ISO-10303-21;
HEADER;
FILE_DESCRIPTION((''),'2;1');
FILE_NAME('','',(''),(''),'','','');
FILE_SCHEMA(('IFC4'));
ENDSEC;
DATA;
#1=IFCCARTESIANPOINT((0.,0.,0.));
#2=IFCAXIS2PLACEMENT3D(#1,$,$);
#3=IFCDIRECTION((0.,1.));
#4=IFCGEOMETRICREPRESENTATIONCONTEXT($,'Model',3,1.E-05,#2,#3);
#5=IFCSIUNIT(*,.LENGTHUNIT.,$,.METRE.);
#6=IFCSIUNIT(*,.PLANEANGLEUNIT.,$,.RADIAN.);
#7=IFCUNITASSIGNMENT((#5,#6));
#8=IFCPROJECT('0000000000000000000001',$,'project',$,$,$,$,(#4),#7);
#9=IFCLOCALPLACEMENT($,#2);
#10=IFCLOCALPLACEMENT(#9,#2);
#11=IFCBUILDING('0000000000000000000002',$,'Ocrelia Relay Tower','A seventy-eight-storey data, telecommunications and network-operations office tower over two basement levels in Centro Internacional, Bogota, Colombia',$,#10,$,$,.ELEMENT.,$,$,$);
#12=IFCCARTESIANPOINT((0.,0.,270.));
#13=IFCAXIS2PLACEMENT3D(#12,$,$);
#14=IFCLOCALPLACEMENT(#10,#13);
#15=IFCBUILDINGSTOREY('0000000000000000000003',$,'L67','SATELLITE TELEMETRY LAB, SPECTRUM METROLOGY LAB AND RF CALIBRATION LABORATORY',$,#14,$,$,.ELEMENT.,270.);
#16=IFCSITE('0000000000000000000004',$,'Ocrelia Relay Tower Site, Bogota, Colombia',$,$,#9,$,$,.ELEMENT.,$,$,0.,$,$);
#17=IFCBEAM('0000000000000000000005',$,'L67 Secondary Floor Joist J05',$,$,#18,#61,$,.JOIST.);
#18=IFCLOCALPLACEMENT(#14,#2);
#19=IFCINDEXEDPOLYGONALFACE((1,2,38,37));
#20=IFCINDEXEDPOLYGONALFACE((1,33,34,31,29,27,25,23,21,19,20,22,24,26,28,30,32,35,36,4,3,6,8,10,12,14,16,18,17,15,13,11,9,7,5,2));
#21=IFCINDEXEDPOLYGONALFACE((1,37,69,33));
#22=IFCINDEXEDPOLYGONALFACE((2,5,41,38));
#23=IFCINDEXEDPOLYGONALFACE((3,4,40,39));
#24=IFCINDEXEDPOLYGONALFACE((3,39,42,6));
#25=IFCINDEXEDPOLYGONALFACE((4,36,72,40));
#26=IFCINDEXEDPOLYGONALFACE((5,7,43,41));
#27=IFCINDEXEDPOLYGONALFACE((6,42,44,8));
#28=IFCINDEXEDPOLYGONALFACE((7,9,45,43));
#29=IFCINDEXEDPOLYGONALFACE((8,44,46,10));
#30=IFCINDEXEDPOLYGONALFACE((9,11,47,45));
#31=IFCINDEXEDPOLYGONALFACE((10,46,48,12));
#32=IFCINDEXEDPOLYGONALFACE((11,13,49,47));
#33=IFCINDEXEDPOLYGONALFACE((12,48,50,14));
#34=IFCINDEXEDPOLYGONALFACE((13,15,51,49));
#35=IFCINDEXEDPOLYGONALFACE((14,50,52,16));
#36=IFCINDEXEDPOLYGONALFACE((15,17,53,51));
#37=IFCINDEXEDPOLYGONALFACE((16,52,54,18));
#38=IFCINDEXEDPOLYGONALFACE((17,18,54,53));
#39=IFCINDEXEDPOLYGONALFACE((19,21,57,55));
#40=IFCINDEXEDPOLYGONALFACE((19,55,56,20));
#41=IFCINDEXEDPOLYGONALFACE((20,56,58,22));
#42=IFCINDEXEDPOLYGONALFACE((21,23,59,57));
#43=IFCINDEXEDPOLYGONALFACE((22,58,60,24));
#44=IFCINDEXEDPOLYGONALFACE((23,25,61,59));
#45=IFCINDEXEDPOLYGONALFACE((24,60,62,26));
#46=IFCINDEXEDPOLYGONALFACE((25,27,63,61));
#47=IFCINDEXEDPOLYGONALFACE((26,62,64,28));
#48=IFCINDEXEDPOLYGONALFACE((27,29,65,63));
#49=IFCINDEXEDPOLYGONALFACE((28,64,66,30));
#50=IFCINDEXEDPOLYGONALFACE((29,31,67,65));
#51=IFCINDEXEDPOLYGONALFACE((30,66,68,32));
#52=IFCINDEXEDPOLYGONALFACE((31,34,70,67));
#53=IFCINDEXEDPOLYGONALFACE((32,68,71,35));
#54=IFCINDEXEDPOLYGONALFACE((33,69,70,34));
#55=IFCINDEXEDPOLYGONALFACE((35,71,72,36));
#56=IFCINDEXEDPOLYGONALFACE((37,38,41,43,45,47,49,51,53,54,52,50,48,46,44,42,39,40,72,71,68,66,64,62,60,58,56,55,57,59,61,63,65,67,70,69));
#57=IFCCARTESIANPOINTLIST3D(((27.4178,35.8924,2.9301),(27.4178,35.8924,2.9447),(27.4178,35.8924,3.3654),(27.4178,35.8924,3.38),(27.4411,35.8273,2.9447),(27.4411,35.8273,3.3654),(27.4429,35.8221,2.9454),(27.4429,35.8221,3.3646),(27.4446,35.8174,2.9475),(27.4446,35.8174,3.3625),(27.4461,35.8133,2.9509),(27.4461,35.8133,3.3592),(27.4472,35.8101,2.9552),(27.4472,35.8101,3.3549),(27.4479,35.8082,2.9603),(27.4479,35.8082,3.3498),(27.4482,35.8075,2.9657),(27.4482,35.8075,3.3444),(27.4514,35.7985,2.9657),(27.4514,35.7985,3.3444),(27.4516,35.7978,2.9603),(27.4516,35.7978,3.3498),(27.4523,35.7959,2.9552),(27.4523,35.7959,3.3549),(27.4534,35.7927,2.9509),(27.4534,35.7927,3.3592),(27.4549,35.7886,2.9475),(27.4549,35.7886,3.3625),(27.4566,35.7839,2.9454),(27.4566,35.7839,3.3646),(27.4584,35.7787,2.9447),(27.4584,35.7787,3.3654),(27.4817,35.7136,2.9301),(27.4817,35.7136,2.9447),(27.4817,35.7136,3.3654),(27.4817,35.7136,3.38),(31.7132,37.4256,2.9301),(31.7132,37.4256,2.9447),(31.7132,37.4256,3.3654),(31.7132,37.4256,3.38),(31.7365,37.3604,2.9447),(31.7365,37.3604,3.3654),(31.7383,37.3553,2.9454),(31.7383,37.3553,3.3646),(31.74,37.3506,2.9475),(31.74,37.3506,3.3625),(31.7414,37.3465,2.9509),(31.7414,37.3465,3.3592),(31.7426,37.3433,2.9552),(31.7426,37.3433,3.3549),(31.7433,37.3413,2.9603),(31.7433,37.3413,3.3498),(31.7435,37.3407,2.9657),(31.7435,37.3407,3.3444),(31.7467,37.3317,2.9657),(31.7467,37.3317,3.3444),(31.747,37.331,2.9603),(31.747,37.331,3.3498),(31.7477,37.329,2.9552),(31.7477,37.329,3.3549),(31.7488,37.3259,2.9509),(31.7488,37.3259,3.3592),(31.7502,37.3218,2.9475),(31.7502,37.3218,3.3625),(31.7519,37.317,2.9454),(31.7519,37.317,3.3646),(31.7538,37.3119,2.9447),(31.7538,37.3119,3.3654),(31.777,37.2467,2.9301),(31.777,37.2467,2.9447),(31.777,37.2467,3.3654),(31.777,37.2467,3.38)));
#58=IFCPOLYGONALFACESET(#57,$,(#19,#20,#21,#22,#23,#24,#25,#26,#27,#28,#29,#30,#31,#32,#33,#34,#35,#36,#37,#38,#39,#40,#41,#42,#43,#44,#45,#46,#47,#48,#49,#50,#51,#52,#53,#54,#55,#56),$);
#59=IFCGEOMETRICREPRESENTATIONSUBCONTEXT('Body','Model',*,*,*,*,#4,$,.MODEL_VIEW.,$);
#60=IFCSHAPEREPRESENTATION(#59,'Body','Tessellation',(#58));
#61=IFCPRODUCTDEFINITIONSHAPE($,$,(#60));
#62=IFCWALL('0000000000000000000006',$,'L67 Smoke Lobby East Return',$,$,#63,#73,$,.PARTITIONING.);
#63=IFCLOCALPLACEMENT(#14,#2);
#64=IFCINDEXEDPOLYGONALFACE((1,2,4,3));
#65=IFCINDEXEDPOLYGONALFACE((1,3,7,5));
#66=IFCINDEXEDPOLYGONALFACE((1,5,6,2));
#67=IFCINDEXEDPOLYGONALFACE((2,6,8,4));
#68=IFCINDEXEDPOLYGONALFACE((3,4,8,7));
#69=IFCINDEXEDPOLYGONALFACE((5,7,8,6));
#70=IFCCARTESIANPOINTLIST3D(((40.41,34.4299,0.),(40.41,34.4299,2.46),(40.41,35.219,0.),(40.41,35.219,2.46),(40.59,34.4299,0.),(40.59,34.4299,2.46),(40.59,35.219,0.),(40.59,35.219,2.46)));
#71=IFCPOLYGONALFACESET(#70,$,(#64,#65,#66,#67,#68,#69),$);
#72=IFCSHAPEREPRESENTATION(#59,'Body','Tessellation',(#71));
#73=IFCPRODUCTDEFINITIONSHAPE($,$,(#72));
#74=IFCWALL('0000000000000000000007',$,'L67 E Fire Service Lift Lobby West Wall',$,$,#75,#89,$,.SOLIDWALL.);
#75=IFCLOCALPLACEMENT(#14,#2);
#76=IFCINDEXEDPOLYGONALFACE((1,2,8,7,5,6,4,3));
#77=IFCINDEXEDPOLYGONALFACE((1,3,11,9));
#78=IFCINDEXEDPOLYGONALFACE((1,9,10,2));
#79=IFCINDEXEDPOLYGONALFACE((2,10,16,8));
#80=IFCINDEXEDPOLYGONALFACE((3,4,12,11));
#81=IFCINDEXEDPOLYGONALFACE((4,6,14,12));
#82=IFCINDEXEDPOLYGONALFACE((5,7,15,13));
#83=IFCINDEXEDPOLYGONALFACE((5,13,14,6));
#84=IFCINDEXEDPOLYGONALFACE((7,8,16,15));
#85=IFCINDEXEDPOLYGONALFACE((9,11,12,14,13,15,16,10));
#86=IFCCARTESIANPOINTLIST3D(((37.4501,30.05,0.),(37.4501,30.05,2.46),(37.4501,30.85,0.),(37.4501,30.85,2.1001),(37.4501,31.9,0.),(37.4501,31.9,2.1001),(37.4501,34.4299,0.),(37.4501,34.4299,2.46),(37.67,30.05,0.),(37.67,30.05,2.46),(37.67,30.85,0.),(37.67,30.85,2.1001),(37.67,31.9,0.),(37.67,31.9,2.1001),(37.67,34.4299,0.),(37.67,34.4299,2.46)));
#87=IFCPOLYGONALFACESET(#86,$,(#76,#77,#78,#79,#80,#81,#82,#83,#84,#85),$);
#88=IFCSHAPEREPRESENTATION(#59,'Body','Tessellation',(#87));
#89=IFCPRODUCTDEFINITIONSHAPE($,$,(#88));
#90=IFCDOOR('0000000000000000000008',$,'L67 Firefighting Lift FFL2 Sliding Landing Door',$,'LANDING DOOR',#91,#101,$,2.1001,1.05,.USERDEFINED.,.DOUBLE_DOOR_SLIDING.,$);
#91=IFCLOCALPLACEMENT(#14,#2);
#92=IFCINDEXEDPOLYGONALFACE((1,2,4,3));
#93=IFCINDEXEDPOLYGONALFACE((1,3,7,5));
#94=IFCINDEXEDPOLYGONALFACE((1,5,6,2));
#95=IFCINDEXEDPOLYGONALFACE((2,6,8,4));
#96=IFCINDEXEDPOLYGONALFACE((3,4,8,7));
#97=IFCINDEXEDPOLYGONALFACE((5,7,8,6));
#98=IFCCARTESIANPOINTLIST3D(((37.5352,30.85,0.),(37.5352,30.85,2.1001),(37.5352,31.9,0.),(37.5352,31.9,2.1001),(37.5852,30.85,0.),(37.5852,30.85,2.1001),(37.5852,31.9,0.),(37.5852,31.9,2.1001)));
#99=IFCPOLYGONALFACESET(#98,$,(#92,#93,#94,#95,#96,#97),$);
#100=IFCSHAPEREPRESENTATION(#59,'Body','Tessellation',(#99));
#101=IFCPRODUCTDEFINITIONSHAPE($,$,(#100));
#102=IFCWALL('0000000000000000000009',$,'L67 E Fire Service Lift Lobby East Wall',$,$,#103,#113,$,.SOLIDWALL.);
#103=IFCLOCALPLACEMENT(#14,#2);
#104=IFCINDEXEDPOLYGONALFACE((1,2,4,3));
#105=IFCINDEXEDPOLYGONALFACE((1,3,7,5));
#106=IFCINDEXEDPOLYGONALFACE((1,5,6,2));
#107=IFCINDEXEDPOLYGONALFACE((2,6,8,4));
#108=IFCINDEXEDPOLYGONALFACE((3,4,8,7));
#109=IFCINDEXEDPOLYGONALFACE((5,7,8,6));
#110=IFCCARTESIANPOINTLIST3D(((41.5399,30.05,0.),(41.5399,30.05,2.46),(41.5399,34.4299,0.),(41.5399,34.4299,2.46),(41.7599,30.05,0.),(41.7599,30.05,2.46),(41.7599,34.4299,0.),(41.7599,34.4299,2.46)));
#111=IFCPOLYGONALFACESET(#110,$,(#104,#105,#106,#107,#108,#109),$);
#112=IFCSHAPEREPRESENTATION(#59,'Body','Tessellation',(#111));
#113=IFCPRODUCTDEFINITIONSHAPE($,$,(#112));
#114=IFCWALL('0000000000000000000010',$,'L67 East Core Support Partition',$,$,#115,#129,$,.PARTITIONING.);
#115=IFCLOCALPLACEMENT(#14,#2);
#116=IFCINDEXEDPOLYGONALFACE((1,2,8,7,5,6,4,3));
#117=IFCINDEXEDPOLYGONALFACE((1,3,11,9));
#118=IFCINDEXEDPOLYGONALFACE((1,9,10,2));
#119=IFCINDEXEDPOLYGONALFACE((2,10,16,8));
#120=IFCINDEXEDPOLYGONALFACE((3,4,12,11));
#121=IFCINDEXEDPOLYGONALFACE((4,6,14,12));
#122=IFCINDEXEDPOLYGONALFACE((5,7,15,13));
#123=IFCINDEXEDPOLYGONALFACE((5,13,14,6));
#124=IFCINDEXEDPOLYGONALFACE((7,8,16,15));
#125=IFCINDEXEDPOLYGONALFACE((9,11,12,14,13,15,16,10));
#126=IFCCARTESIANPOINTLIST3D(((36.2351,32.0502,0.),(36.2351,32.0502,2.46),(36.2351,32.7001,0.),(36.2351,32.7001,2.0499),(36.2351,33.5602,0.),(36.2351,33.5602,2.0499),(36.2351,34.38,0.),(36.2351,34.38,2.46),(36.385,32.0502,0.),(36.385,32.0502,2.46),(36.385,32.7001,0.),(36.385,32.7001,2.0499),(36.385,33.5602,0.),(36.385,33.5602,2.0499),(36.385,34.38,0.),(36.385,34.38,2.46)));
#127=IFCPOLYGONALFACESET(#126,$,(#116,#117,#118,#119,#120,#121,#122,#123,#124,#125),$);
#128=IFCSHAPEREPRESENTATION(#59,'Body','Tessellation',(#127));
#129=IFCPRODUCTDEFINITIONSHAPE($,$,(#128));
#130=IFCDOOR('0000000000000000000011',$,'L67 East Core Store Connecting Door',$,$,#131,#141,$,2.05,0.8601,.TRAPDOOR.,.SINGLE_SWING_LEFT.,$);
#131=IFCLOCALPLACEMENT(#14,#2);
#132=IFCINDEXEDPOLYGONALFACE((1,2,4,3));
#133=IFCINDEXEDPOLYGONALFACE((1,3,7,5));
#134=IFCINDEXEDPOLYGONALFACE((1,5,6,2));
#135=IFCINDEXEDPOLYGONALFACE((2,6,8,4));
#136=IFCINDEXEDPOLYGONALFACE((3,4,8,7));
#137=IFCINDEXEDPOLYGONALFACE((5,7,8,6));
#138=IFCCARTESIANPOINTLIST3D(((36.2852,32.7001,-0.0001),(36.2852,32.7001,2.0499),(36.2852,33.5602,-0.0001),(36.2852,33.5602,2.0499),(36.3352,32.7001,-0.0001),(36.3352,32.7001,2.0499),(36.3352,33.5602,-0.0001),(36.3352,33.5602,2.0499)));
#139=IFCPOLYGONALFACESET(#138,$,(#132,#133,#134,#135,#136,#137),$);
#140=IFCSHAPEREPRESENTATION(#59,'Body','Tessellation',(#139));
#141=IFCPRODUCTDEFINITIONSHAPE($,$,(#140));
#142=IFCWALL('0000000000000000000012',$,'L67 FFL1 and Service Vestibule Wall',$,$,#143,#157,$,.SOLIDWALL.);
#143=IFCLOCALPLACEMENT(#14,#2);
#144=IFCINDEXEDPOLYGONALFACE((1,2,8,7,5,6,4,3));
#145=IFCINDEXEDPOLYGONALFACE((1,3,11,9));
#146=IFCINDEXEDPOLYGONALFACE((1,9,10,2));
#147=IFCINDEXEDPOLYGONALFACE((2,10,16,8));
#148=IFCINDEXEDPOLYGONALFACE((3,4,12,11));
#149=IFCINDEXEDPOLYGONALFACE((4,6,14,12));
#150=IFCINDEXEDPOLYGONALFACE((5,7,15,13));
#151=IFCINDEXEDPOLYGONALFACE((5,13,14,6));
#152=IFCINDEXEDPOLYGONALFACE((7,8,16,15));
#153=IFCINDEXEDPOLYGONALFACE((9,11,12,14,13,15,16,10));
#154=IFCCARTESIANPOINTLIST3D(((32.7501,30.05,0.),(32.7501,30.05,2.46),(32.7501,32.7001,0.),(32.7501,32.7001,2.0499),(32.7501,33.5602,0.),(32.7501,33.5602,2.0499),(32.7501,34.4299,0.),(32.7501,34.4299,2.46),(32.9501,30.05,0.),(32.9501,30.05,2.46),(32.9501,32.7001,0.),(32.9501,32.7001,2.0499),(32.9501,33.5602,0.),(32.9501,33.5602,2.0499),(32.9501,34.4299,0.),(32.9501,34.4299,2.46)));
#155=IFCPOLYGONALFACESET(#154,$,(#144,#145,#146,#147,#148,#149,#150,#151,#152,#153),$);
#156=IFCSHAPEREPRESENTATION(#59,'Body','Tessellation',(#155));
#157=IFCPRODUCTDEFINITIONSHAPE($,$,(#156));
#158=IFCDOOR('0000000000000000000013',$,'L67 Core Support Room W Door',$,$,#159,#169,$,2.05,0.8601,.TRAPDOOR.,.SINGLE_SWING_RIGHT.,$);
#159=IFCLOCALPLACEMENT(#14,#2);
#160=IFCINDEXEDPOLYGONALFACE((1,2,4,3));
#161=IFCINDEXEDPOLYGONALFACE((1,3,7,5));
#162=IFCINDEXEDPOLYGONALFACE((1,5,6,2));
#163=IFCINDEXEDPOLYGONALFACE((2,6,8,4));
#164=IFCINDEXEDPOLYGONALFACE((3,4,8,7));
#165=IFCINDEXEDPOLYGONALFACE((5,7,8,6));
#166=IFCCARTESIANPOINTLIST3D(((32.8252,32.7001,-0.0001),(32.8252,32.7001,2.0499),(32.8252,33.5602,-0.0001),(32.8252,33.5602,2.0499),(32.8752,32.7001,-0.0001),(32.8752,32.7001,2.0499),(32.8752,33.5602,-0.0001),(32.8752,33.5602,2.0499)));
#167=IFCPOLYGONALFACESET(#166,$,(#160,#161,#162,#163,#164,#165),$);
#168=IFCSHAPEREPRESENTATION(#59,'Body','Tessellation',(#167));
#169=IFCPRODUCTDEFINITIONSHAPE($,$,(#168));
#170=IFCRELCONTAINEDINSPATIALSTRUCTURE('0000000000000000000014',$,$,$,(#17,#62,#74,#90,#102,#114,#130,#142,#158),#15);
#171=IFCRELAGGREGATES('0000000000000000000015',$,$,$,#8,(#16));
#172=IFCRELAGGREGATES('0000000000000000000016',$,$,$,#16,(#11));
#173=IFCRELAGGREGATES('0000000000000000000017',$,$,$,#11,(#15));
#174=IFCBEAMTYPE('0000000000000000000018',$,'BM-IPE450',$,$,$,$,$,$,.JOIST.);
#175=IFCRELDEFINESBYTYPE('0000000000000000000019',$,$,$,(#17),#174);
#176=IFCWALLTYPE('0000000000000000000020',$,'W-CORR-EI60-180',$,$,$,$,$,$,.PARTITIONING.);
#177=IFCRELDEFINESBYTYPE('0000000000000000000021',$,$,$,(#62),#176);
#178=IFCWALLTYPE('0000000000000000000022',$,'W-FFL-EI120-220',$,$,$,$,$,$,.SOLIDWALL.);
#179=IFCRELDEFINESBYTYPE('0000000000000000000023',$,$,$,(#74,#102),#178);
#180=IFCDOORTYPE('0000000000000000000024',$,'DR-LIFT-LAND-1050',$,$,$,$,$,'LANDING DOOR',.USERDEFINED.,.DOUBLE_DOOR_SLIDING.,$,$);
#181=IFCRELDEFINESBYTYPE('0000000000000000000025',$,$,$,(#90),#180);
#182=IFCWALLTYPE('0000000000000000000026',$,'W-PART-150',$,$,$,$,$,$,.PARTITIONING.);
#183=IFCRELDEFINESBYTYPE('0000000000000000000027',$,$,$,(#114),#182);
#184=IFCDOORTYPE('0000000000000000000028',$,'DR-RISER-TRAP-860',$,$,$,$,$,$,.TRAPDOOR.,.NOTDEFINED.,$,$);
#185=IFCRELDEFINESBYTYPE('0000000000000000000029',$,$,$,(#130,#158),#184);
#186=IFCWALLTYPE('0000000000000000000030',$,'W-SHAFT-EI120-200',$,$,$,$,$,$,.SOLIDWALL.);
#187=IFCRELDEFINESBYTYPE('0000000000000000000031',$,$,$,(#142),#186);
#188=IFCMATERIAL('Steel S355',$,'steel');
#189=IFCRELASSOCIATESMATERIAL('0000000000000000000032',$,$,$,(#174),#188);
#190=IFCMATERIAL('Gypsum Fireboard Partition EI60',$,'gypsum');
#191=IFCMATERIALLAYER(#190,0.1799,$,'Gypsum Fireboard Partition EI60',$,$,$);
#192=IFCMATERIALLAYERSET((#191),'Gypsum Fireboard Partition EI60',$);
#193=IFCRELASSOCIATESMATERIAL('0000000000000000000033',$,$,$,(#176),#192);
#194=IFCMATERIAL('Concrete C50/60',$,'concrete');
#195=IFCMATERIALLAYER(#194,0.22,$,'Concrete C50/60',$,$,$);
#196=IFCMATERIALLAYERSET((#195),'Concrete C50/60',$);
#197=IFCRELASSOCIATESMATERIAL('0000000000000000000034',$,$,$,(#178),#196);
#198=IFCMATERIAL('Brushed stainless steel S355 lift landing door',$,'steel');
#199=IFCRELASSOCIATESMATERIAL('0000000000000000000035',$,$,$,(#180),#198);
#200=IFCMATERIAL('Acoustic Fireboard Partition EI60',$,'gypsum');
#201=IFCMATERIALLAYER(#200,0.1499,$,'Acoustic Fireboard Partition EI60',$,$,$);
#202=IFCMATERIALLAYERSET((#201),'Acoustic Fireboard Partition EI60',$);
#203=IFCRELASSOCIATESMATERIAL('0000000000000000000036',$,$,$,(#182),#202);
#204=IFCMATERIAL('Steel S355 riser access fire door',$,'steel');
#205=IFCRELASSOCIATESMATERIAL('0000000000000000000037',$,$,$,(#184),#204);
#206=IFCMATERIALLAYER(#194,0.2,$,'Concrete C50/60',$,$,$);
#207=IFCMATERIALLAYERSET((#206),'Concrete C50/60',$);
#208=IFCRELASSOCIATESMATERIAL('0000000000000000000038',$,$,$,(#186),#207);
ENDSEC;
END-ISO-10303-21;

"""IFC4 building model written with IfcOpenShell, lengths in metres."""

from ifc_helpers import new_model, si_unit, direction, frame, frame_2d, origin, origin_2d, place, context, subcontext, project, spatial, rectangle, i_section, extrude, material, layer, layer_set, material_profile, profile_set, type_object, element, fill, save


model = new_model("IFC4")

# Units and contexts
model_context = context("Model", 3, precision=1e-05, world=origin(), true_north=direction((0.0, 1.0)))
body_context = subcontext(model_context, "Body", "Model", "MODEL_VIEW")
ifc_project = project(units=[si_unit("LENGTHUNIT", "METRE"), si_unit("PLANEANGLEUNIT", "RADIAN")], contexts=[model_context])

# Site, building, storey
site_placement = place(None, origin())
site = spatial("IfcSite", under=ifc_project, at=site_placement, Name="Ocrelia Relay Tower Site, Bogota, Colombia", CompositionType="ELEMENT", RefElevation=0.0)
building_placement = place(site_placement, origin())
building = spatial("IfcBuilding", under=site, at=building_placement, Name="Ocrelia Relay Tower", Description="A seventy-eight-storey data, telecommunications and network-operations office tower over two basement levels in Centro Internacional, Bogota, Colombia", CompositionType="ELEMENT")
storey_placement = place(building_placement, frame((0.0, 0.0, 270.0)))
storey = spatial("IfcBuildingStorey", under=building, at=storey_placement, Name="L67", Description="SATELLITE TELEMETRY LAB, SPECTRUM METROLOGY LAB AND RF CALIBRATION LABORATORY", CompositionType="ELEMENT", Elevation=270.0)

# Shared definitions
ifc_material_1 = material(Name="Concrete C50/60", Category="concrete")

# Beam
ifc_material_2 = material(Name="Steel S355", Category="steel")
ifc_material_profile_1 = material_profile(ifc_material_2, i_section(OverallWidth=0.1899, OverallDepth=0.45, WebThickness=0.0095, FlangeThickness=0.0146, FilletRadius=0.021, at=origin_2d()), Name="IPE 450")
ifc_profile_set_1 = profile_set([ifc_material_profile_1], Name="Steel S355")
beam_type = type_object("IfcBeamType", Name="BM-IPE450", PredefinedType="JOIST", material=ifc_profile_set_1)
beam_1_placement = place(storey_placement, frame((31.7451, 37.3362, 3.155), z_axis=(-0.941802, -0.336167, 0.0), x_axis=(0.336167, -0.941802, 0.0)))
element("IfcBeam", 1, at=beam_1_placement, inside=storey, type_object=beam_type, Name="L67 Secondary Floor Joist J05", PredefinedType="JOIST", context=body_context, shape_type="SweptSolid", body=[
    extrude(i_section(OverallWidth=0.1899, OverallDepth=0.45, WebThickness=0.0095, FlangeThickness=0.0146, FilletRadius=0.021, at=origin_2d()), origin(), (0.0, 0.0, 1.0), 4.5608),
])

# Wall
ifc_material_3 = material(Name="Gypsum Fireboard Partition EI60", Category="gypsum")
ifc_layer_1 = layer(ifc_material_3, 0.1799, Name="Gypsum Fireboard Partition EI60")
ifc_layer_set_1 = layer_set([ifc_layer_1], Name="Gypsum Fireboard Partition EI60")
wall_type_1 = type_object("IfcWallType", Name="W-CORR-EI60-180", PredefinedType="PARTITIONING", material=ifc_layer_set_1)
wall_1_placement = place(storey_placement, frame((40.5, 35.219, 0.0), z_axis=(0.0, 0.0, 1.0), x_axis=(0.0, -1.0, 0.0)))
element("IfcWall", 2, at=wall_1_placement, inside=storey, type_object=wall_type_1, Name="L67 Smoke Lobby East Return", PredefinedType="PARTITIONING", context=body_context, shape_type="SweptSolid", body=[
    extrude(rectangle(XDim=0.7891, YDim=0.1799, at=frame_2d((0.3945, 0.0))), origin(), (0.0, 0.0, 1.0), 2.46),
])

# Wall, opening, door
ifc_layer_2 = layer(ifc_material_1, 0.22, Name="Concrete C50/60")
ifc_layer_set_2 = layer_set([ifc_layer_2], Name="Concrete C50/60")
wall_type_2 = type_object("IfcWallType", Name="W-FFL-EI120-220", PredefinedType="SOLIDWALL", material=ifc_layer_set_2)
wall_2_placement = place(storey_placement, frame((37.5601, 30.05, 0.0), z_axis=(0.0, 0.0, 1.0), x_axis=(0.0, 1.0, 0.0)))
wall_2 = element("IfcWall", 3, at=wall_2_placement, inside=storey, type_object=wall_type_2, Name="L67 E Fire Service Lift Lobby West Wall", PredefinedType="SOLIDWALL", context=body_context, shape_type="SweptSolid", body=[
    extrude(rectangle(XDim=4.3799, YDim=0.22, at=frame_2d((2.1899, 0.0))), origin(), (0.0, 0.0, 1.0), 2.46),
])
opening_1_placement = place(wall_2_placement, frame((0.8, 0.0, 0.0)))
opening_1 = element("IfcOpeningElement", 4, at=opening_1_placement, cuts=wall_2, PredefinedType="OPENING", context=body_context, shape_type="SweptSolid", body=[
    extrude(rectangle(XDim=1.05, YDim=2.1001, at=frame_2d((0.5249, 1.05))), frame((0.0, 0.1201, 0.0), z_axis=(0.0, -1.0, 0.0), x_axis=(1.0, 0.0, 0.0)), (0.0, 0.0, 1.0), 0.24),
])
ifc_material_4 = material(Name="Brushed stainless steel S355 lift landing door", Category="steel")
door_type_1 = type_object("IfcDoorType", Name="DR-LIFT-LAND-1050", ElementType="LANDING DOOR", OperationType="DOUBLE_DOOR_SLIDING", PredefinedType="USERDEFINED", material=ifc_material_4)
door_1_placement = place(opening_1_placement, origin())
door_1 = element("IfcDoor", 5, at=door_1_placement, inside=storey, type_object=door_type_1, Name="L67 Firefighting Lift FFL2 Sliding Landing Door", ObjectType="LANDING DOOR", OperationType="DOUBLE_DOOR_SLIDING", OverallHeight=2.1001, OverallWidth=1.05, PredefinedType="USERDEFINED", context=body_context, shape_type="SweptSolid", body=[
    extrude(rectangle(XDim=1.05, YDim=2.1001, at=frame_2d((0.5249, 1.05))), frame((0.0, 0.0249, 0.0), z_axis=(0.0, -1.0, 0.0), x_axis=(1.0, 0.0, 0.0)), (0.0, 0.0, 1.0), 0.05),
])
fill(opening_1, door_1)

# Wall
wall_3_placement = place(storey_placement, frame((41.6499, 30.05, 0.0), z_axis=(0.0, 0.0, 1.0), x_axis=(0.0, 1.0, 0.0)))
element("IfcWall", 6, at=wall_3_placement, inside=storey, type_object=wall_type_2, Name="L67 E Fire Service Lift Lobby East Wall", PredefinedType="SOLIDWALL", context=body_context, shape_type="SweptSolid", body=[
    extrude(rectangle(XDim=4.3799, YDim=0.22, at=frame_2d((2.1899, 0.0))), origin(), (0.0, 0.0, 1.0), 2.46),
])

# Walls, openings, doors
ifc_material_5 = material(Name="Acoustic Fireboard Partition EI60", Category="gypsum")
ifc_layer_3 = layer(ifc_material_5, 0.1499, Name="Acoustic Fireboard Partition EI60")
ifc_layer_set_3 = layer_set([ifc_layer_3], Name="Acoustic Fireboard Partition EI60")
wall_type_3 = type_object("IfcWallType", Name="W-PART-150", PredefinedType="PARTITIONING", material=ifc_layer_set_3)
wall_4_placement = place(storey_placement, frame((36.3101, 32.05, 0.0), z_axis=(0.0, 0.0, 1.0), x_axis=(0.0, 1.0, 0.0)))
wall_4 = element("IfcWall", 7, at=wall_4_placement, inside=storey, type_object=wall_type_3, Name="L67 East Core Support Partition", PredefinedType="PARTITIONING", context=body_context, shape_type="SweptSolid", body=[
    extrude(rectangle(XDim=2.3298, YDim=0.1499, at=frame_2d((1.165, 0.0))), origin(), (0.0, 0.0, 1.0), 2.46),
])
opening_2_placement = place(wall_4_placement, frame((0.6499, 0.0, 0.0)))
opening_2 = element("IfcOpeningElement", 8, at=opening_2_placement, cuts=wall_4, PredefinedType="OPENING", context=body_context, shape_type="SweptSolid", body=[
    extrude(rectangle(XDim=0.8601, YDim=2.05, at=frame_2d((0.4302, 1.0249))), frame((0.0, 0.085, 0.0), z_axis=(0.0, -1.0, 0.0), x_axis=(1.0, 0.0, 0.0)), (0.0, 0.0, 1.0), 0.1699),
])
ifc_material_6 = material(Name="Steel S355 riser access fire door", Category="steel")
door_type_2 = type_object("IfcDoorType", Name="DR-RISER-TRAP-860", OperationType="NOTDEFINED", PredefinedType="TRAPDOOR", material=ifc_material_6)
door_2_placement = place(opening_2_placement, origin())
door_2 = element("IfcDoor", 9, at=door_2_placement, inside=storey, type_object=door_type_2, Name="L67 East Core Store Connecting Door", OperationType="SINGLE_SWING_LEFT", OverallHeight=2.05, OverallWidth=0.8601, PredefinedType="TRAPDOOR", context=body_context, shape_type="SweptSolid", body=[
    extrude(rectangle(XDim=0.8601, YDim=2.05, at=frame_2d((0.4302, 1.0249))), frame((0.0, 0.0249, 0.0), z_axis=(0.0, -1.0, 0.0), x_axis=(1.0, 0.0, 0.0)), (0.0, 0.0, 1.0), 0.05),
])
fill(opening_2, door_2)
ifc_layer_4 = layer(ifc_material_1, 0.2, Name="Concrete C50/60")
ifc_layer_set_4 = layer_set([ifc_layer_4], Name="Concrete C50/60")
wall_type_4 = type_object("IfcWallType", Name="W-SHAFT-EI120-200", PredefinedType="SOLIDWALL", material=ifc_layer_set_4)
wall_5_placement = place(storey_placement, frame((32.8501, 30.05, 0.0), z_axis=(0.0, 0.0, 1.0), x_axis=(0.0, 1.0, 0.0)))
wall_5 = element("IfcWall", 10, at=wall_5_placement, inside=storey, type_object=wall_type_4, Name="L67 FFL1 and Service Vestibule Wall", PredefinedType="SOLIDWALL", context=body_context, shape_type="SweptSolid", body=[
    extrude(rectangle(XDim=4.3799, YDim=0.2, at=frame_2d((2.1899, 0.0))), origin(), (0.0, 0.0, 1.0), 2.46),
])
opening_3_placement = place(wall_5_placement, frame((2.6499, 0.0, 0.0)))
opening_3 = element("IfcOpeningElement", 11, at=opening_3_placement, cuts=wall_5, PredefinedType="OPENING", context=body_context, shape_type="SweptSolid", body=[
    extrude(rectangle(XDim=0.8601, YDim=2.05, at=frame_2d((0.4302, 1.0249))), frame((0.0, 0.1099, 0.0), z_axis=(0.0, -1.0, 0.0), x_axis=(1.0, 0.0, 0.0)), (0.0, 0.0, 1.0), 0.22),
])
door_3_placement = place(opening_3_placement, origin())
door_3 = element("IfcDoor", 12, at=door_3_placement, inside=storey, type_object=door_type_2, Name="L67 Core Support Room W Door", OperationType="SINGLE_SWING_RIGHT", OverallHeight=2.05, OverallWidth=0.8601, PredefinedType="TRAPDOOR", context=body_context, shape_type="SweptSolid", body=[
    extrude(rectangle(XDim=0.8601, YDim=2.05, at=frame_2d((0.4302, 1.0249))), frame((0.0, 0.0249, 0.0), z_axis=(0.0, -1.0, 0.0), x_axis=(1.0, 0.0, 0.0)), (0.0, 0.0, 1.0), 0.05),
])
fill(opening_3, door_3)

save(model, "model.ifc")
